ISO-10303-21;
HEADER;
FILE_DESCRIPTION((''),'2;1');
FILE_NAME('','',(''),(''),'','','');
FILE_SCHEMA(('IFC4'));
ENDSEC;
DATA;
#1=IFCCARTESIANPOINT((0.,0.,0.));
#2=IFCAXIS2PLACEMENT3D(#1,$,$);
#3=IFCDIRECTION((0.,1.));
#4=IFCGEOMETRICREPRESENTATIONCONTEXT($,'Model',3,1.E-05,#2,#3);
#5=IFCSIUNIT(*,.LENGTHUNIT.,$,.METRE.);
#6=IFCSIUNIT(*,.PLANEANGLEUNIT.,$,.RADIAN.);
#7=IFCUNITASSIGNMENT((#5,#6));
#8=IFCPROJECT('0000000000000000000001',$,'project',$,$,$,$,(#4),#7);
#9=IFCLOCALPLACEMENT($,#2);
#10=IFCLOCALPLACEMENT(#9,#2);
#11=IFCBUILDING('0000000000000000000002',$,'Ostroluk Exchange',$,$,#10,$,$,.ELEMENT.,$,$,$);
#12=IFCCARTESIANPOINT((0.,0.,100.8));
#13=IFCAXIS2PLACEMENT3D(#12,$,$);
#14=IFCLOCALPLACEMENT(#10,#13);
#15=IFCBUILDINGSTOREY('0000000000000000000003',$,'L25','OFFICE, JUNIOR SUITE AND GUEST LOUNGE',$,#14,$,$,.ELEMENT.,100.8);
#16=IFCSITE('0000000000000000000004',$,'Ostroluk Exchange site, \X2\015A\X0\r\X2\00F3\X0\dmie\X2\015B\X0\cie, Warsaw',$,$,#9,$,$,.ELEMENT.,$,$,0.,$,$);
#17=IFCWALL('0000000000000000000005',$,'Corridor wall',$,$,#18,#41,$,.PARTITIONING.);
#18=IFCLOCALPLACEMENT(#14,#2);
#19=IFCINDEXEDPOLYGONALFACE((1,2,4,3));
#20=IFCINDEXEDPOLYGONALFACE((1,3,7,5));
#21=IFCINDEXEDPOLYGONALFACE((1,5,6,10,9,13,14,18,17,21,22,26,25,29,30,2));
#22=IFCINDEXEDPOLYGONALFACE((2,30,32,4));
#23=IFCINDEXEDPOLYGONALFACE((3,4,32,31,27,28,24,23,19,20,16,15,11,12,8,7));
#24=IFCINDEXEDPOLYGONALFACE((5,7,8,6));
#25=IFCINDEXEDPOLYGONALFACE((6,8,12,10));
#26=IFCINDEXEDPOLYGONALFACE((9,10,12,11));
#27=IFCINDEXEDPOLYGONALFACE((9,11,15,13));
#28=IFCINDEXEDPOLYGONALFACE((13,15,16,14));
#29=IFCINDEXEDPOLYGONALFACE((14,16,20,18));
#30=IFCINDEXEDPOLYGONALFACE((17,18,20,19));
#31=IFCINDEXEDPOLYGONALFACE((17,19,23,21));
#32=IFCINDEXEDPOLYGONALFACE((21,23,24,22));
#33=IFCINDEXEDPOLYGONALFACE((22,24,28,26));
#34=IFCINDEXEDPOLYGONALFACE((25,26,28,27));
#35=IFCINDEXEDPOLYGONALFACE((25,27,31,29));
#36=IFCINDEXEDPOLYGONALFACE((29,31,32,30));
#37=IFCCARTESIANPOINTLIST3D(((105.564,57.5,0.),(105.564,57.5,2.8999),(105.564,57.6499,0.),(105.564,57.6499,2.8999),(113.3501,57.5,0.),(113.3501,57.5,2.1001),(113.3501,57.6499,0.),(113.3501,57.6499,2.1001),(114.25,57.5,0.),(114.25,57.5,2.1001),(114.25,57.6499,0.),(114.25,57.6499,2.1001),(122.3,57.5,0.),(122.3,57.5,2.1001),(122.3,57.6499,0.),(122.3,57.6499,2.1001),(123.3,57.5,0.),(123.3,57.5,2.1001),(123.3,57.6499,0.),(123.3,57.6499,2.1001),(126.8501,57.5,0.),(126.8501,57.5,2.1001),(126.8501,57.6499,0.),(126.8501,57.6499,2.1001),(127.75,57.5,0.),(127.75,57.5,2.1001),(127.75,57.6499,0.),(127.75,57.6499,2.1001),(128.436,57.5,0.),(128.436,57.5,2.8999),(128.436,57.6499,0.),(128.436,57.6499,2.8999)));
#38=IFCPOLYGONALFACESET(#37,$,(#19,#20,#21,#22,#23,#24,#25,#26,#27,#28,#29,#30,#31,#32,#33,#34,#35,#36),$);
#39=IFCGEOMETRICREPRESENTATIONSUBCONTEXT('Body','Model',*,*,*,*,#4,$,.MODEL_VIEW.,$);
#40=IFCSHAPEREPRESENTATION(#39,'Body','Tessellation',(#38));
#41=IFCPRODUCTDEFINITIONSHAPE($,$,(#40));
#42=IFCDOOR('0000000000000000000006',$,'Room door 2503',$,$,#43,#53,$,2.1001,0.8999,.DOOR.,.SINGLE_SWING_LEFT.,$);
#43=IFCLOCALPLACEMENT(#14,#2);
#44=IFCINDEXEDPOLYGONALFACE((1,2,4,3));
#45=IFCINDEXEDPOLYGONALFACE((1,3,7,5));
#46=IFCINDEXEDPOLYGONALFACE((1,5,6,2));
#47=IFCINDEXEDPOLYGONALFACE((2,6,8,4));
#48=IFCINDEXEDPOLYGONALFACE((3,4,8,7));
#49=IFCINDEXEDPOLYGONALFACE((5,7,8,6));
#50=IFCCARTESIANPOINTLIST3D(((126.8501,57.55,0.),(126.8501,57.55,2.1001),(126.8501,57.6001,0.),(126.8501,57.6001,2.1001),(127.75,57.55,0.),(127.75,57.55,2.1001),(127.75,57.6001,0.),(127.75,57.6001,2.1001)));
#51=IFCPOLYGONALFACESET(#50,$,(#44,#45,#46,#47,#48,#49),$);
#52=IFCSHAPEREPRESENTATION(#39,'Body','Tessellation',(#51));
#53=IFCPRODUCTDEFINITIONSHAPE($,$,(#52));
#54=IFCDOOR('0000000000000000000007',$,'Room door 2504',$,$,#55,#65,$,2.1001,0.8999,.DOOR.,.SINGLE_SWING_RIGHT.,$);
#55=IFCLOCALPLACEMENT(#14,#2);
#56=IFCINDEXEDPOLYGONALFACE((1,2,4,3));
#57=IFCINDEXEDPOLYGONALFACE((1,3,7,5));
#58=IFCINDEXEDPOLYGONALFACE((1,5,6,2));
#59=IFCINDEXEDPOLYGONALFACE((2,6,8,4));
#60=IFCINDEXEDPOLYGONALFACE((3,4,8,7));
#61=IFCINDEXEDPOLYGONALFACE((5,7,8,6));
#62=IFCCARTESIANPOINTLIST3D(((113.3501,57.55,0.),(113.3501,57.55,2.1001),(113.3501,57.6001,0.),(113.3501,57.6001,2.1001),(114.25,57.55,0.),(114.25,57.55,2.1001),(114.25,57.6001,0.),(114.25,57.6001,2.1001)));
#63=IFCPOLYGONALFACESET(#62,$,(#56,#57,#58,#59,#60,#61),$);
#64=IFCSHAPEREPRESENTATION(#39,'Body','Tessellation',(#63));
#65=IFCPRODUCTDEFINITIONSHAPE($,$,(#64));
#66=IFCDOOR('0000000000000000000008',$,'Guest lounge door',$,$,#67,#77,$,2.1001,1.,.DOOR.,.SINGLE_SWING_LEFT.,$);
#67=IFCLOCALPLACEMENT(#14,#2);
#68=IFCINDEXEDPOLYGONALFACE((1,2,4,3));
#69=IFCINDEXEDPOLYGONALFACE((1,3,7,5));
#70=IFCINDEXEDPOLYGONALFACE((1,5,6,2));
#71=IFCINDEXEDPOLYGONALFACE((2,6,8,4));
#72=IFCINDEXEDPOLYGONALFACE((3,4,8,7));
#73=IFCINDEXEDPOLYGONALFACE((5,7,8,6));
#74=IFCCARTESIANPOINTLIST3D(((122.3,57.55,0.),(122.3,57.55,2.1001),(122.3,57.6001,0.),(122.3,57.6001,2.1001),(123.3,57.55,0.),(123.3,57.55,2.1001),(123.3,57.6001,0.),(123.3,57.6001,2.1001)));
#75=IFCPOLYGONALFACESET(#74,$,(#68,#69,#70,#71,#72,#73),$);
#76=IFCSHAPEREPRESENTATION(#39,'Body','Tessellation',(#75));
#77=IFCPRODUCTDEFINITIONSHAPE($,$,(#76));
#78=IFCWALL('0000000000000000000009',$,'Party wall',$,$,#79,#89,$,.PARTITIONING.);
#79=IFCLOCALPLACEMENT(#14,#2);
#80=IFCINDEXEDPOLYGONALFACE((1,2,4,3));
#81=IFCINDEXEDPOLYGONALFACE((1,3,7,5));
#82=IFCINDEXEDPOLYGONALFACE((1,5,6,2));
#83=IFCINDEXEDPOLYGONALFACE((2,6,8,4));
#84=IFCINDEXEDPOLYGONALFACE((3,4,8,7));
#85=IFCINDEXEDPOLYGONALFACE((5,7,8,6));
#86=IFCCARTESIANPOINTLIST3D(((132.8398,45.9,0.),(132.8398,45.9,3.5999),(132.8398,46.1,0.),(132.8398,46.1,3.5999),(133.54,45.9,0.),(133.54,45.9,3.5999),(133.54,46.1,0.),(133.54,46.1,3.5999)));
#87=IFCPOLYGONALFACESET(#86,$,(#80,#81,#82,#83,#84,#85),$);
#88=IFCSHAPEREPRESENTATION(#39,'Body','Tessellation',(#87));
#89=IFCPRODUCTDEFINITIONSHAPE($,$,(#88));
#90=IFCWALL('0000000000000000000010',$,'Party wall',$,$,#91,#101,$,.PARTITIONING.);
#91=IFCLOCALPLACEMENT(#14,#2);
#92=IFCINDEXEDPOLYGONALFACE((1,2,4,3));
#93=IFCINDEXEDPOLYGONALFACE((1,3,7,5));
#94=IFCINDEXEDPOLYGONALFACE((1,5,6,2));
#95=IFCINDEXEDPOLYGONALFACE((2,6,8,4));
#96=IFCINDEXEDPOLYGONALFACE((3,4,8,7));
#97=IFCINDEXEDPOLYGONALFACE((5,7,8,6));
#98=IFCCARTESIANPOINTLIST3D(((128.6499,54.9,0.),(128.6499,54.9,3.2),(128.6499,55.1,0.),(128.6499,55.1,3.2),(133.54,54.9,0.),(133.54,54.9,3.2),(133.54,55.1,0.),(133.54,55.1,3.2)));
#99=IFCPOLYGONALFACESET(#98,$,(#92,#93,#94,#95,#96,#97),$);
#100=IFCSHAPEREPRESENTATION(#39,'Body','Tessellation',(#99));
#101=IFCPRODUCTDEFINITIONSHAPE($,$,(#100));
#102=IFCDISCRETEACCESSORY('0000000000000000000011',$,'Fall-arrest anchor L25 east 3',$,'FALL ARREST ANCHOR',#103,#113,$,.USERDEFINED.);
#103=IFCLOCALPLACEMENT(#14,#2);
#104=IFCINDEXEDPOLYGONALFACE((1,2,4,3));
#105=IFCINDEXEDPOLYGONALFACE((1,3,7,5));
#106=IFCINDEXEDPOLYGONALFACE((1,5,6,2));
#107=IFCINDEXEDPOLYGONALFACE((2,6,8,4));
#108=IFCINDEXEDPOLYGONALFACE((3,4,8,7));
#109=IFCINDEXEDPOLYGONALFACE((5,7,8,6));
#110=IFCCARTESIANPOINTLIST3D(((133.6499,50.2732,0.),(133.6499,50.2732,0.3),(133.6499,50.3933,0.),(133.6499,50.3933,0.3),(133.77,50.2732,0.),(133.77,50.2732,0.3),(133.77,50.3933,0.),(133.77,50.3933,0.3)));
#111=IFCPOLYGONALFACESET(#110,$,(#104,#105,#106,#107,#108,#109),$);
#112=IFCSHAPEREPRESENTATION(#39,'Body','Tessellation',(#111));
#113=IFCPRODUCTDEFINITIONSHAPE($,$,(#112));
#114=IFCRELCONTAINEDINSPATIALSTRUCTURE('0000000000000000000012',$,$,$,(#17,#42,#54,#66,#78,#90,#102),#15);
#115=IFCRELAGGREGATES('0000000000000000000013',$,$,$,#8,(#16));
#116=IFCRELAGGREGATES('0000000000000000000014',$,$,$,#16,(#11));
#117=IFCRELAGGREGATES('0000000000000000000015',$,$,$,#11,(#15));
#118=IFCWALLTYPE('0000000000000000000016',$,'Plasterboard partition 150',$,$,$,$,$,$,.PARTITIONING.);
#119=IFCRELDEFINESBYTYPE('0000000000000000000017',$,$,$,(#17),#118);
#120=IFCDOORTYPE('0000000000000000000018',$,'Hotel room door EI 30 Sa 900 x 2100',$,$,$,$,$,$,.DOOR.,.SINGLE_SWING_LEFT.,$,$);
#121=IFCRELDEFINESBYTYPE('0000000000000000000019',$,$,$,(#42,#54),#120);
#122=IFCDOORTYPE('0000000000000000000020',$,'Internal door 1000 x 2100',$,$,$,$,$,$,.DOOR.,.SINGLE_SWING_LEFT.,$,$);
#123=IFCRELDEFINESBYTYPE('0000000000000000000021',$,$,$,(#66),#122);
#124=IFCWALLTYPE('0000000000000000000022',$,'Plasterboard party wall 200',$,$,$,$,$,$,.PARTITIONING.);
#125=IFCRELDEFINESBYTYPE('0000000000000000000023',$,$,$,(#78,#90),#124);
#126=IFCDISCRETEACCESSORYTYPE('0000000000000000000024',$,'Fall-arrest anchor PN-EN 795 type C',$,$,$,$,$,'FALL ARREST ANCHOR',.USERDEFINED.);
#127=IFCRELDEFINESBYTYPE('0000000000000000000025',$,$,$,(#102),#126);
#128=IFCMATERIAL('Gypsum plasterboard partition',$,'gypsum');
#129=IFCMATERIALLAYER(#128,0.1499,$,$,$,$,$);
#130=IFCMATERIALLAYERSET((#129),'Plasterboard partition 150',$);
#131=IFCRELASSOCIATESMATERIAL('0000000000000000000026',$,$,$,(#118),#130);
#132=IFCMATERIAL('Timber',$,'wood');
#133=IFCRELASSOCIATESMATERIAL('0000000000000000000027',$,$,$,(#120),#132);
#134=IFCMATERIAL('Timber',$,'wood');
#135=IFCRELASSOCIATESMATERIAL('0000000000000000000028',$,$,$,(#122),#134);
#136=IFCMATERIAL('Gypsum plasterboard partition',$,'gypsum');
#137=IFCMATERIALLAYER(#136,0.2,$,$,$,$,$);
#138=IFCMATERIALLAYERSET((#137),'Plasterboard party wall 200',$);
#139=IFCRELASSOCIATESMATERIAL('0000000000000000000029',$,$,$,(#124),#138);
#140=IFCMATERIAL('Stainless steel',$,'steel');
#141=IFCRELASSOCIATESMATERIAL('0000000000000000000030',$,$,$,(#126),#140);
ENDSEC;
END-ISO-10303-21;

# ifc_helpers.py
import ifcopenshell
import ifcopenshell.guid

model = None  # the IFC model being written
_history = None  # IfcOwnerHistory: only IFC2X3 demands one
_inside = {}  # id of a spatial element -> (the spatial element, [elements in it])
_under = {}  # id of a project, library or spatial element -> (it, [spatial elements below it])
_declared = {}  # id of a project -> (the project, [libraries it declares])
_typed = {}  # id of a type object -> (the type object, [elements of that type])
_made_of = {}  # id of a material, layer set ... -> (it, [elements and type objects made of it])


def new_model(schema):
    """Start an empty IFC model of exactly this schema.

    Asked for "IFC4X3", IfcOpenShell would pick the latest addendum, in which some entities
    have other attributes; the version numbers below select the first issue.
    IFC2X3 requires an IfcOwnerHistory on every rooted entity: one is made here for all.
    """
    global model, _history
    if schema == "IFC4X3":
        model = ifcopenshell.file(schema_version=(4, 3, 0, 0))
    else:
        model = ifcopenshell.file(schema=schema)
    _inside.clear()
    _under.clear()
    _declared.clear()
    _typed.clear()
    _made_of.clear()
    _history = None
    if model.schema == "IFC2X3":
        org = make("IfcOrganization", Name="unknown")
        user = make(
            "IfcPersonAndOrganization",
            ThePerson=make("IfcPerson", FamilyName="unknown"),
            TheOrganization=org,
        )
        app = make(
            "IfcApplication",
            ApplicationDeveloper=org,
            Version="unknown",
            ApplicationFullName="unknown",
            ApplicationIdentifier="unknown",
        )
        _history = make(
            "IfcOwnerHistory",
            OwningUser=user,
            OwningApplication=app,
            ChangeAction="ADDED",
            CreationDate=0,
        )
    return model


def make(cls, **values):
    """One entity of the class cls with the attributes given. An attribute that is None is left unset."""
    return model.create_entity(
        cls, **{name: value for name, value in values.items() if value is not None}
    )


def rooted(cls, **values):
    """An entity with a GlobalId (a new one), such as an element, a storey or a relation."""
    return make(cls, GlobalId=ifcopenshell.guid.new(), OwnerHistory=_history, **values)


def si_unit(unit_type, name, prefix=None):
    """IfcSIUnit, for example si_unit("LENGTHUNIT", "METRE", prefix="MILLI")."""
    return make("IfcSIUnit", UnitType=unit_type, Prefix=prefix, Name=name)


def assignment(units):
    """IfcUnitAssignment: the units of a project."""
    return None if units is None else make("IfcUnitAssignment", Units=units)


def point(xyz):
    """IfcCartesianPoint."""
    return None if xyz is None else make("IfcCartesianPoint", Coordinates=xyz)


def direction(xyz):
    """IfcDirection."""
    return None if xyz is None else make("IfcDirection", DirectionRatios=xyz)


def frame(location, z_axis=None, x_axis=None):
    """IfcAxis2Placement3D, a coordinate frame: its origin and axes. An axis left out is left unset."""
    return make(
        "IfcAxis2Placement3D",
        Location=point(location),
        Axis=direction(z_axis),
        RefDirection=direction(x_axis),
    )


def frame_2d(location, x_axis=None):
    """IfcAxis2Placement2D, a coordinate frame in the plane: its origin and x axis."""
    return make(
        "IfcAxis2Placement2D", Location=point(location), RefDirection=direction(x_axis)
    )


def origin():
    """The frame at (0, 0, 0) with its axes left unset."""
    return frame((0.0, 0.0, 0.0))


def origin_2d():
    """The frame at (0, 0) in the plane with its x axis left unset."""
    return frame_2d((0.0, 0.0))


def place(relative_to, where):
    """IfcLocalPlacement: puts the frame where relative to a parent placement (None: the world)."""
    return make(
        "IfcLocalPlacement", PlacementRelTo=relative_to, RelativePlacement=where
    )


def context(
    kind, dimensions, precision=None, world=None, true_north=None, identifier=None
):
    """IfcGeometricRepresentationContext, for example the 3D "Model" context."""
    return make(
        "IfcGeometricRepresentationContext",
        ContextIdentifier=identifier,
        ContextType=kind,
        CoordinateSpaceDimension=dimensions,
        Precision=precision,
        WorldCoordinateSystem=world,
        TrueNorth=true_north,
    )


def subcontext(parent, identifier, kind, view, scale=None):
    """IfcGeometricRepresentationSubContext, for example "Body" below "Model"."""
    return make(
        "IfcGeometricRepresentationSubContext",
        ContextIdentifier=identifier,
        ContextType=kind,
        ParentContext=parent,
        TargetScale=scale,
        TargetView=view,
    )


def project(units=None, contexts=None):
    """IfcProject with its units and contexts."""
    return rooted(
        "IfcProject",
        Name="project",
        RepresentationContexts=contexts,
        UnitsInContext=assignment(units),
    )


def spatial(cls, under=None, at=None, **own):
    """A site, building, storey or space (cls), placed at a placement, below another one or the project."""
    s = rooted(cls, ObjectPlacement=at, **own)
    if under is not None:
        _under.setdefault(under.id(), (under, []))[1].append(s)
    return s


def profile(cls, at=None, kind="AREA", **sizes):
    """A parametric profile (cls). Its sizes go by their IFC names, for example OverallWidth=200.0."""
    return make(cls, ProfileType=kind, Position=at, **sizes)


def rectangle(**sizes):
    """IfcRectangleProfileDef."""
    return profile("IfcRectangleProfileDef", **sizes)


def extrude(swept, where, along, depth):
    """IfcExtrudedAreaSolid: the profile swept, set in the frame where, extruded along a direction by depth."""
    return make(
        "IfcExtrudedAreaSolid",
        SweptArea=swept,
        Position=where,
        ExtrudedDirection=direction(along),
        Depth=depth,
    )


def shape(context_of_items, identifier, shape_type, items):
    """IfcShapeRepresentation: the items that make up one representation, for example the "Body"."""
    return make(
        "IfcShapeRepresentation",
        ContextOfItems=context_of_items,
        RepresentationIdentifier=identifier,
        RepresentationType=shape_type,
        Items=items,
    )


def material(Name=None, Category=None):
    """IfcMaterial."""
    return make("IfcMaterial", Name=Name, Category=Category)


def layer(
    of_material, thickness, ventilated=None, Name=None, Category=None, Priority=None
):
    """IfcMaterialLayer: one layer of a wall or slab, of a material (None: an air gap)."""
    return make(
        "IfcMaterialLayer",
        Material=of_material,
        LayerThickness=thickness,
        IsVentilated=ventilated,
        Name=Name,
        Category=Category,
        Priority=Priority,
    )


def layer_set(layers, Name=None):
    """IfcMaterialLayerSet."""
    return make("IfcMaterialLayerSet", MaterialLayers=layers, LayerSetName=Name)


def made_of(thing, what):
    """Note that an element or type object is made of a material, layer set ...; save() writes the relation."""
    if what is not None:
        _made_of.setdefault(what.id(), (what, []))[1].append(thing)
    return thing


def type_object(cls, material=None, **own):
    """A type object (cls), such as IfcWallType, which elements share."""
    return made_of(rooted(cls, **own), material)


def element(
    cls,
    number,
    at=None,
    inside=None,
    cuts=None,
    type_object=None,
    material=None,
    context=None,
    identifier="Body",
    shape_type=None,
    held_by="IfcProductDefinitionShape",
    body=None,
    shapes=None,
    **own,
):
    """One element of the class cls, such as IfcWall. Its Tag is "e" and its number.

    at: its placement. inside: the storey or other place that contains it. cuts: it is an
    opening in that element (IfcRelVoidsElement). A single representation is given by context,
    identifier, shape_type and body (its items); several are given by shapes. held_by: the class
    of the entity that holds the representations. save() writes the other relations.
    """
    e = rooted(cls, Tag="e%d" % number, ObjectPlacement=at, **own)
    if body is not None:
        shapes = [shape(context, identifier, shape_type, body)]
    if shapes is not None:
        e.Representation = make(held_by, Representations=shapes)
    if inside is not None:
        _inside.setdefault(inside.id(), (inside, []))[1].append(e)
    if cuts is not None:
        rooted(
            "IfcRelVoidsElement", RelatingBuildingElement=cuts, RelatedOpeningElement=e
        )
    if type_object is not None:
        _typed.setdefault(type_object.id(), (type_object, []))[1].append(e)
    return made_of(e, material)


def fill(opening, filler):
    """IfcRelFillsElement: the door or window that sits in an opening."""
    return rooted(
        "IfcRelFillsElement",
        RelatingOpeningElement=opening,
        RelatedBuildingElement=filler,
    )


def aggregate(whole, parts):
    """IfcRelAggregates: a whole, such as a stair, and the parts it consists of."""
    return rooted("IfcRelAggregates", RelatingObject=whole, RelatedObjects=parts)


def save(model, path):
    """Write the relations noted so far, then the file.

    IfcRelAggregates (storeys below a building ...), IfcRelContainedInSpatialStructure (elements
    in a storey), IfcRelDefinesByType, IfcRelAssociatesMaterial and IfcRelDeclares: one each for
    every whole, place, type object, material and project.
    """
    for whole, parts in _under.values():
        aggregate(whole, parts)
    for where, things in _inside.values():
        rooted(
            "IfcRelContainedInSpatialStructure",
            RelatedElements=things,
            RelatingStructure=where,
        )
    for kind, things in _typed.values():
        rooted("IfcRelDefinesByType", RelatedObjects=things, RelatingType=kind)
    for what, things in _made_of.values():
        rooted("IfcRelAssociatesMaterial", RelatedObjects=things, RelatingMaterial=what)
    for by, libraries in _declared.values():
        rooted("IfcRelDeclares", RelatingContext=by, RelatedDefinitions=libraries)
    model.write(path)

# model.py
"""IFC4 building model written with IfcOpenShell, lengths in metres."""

from ifc_helpers import new_model, si_unit, direction, frame, frame_2d, origin, origin_2d, place, context, subcontext, project, spatial, rectangle, extrude, material, layer, layer_set, type_object, element, fill, save


model = new_model("IFC4")

# Units and contexts
model_context = context("Model", 3, precision=1e-05, world=origin(), true_north=direction((0.0, 1.0)))
body_context = subcontext(model_context, "Body", "Model", "MODEL_VIEW")
ifc_project = project(units=[si_unit("LENGTHUNIT", "METRE"), si_unit("PLANEANGLEUNIT", "RADIAN")], contexts=[model_context])

# Site, building, storey
site_placement = place(None, origin())
site = spatial("IfcSite", under=ifc_project, at=site_placement, Name="Ostroluk Exchange site, Śródmieście, Warsaw", CompositionType="ELEMENT", RefElevation=0.0)
building_placement = place(site_placement, origin())
building = spatial("IfcBuilding", under=site, at=building_placement, Name="Ostroluk Exchange", CompositionType="ELEMENT")
storey_placement = place(building_placement, frame((0.0, 0.0, 100.8)))
storey = spatial("IfcBuildingStorey", under=building, at=storey_placement, Name="L25", Description="OFFICE, JUNIOR SUITE AND GUEST LOUNGE", CompositionType="ELEMENT", Elevation=100.8)

# Wall, openings, doors
ifc_material_1 = material(Name="Gypsum plasterboard partition", Category="gypsum")
ifc_layer_1 = layer(ifc_material_1, 0.1499)
ifc_layer_set_1 = layer_set([ifc_layer_1], Name="Plasterboard partition 150")
wall_type_1 = type_object("IfcWallType", Name="Plasterboard partition 150", PredefinedType="PARTITIONING", material=ifc_layer_set_1)
wall_1_placement = place(storey_placement, frame((128.436, 57.575, 0.0), z_axis=(0.0, 0.0, 1.0), x_axis=(-1.0, 0.0, 0.0)))
wall_1 = element("IfcWall", 1, at=wall_1_placement, inside=storey, type_object=wall_type_1, Name="Corridor wall", PredefinedType="PARTITIONING", context=body_context, shape_type="SweptSolid", body=[
    extrude(rectangle(XDim=22.8721, YDim=0.1499, at=frame_2d((11.436, 0.0))), origin(), (0.0, 0.0, 1.0), 2.8999),
])
opening_1_placement = place(wall_1_placement, frame((0.686, 0.0, 0.0)))
opening_1 = element("IfcOpeningElement", 2, at=opening_1_placement, cuts=wall_1, PredefinedType="OPENING", context=body_context, shape_type="SweptSolid", body=[
    extrude(rectangle(XDim=0.8999, YDim=2.1001, at=frame_2d((0.45, 1.05))), frame((0.0, 0.085, 0.0), z_axis=(0.0, -1.0, 0.0), x_axis=(1.0, 0.0, 0.0)), (0.0, 0.0, 1.0), 0.1699),
])
opening_2_placement = place(wall_1_placement, frame((5.136, 0.0, 0.0)))
opening_2 = element("IfcOpeningElement", 3, at=opening_2_placement, cuts=wall_1, PredefinedType="OPENING", context=body_context, shape_type="SweptSolid", body=[
    extrude(rectangle(XDim=1.0, YDim=2.1001, at=frame_2d((0.5, 1.05))), frame((0.0, 0.085, 0.0), z_axis=(0.0, -1.0, 0.0), x_axis=(1.0, 0.0, 0.0)), (0.0, 0.0, 1.0), 0.1699),
])
opening_3_placement = place(wall_1_placement, frame((14.186, 0.0, 0.0)))
opening_3 = element("IfcOpeningElement", 4, at=opening_3_placement, cuts=wall_1, PredefinedType="OPENING", context=body_context, shape_type="SweptSolid", body=[
    extrude(rectangle(XDim=0.8999, YDim=2.1001, at=frame_2d((0.45, 1.05))), frame((0.0, 0.085, 0.0), z_axis=(0.0, -1.0, 0.0), x_axis=(1.0, 0.0, 0.0)), (0.0, 0.0, 1.0), 0.1699),
])
ifc_material_2 = material(Name="Timber", Category="wood")
door_type_1 = type_object("IfcDoorType", Name="Hotel room door EI 30 Sa 900 x 2100", OperationType="SINGLE_SWING_LEFT", PredefinedType="DOOR", material=ifc_material_2)
door_1_placement = place(opening_1_placement, origin())
door_1 = element("IfcDoor", 5, at=door_1_placement, inside=storey, type_object=door_type_1, Name="Room door 2503", OperationType="SINGLE_SWING_LEFT", OverallHeight=2.1001, OverallWidth=0.8999, PredefinedType="DOOR", context=body_context, shape_type="SweptSolid", body=[
    extrude(rectangle(XDim=0.8999, YDim=2.1001, at=frame_2d((0.45, 1.05))), frame((0.0, 0.0249, 0.0), z_axis=(0.0, -1.0, 0.0), x_axis=(1.0, 0.0, 0.0)), (0.0, 0.0, 1.0), 0.05),
])
fill(opening_1, door_1)
door_2_placement = place(opening_3_placement, origin())
door_2 = element("IfcDoor", 6, at=door_2_placement, inside=storey, type_object=door_type_1, Name="Room door 2504", OperationType="SINGLE_SWING_RIGHT", OverallHeight=2.1001, OverallWidth=0.8999, PredefinedType="DOOR", context=body_context, shape_type="SweptSolid", body=[
    extrude(rectangle(XDim=0.8999, YDim=2.1001, at=frame_2d((0.45, 1.05))), frame((0.0, 0.0249, 0.0), z_axis=(0.0, -1.0, 0.0), x_axis=(1.0, 0.0, 0.0)), (0.0, 0.0, 1.0), 0.05),
])
fill(opening_3, door_2)
ifc_material_3 = material(Name="Timber", Category="wood")
door_type_2 = type_object("IfcDoorType", Name="Internal door 1000 x 2100", OperationType="SINGLE_SWING_LEFT", PredefinedType="DOOR", material=ifc_material_3)
door_3_placement = place(opening_2_placement, origin())
door_3 = element("IfcDoor", 7, at=door_3_placement, inside=storey, type_object=door_type_2, Name="Guest lounge door", OperationType="SINGLE_SWING_LEFT", OverallHeight=2.1001, OverallWidth=1.0, PredefinedType="DOOR", context=body_context, shape_type="SweptSolid", body=[
    extrude(rectangle(XDim=1.0, YDim=2.1001, at=frame_2d((0.5, 1.05))), frame((0.0, 0.0249, 0.0), z_axis=(0.0, -1.0, 0.0), x_axis=(1.0, 0.0, 0.0)), (0.0, 0.0, 1.0), 0.05),
])
fill(opening_2, door_3)

# Walls
ifc_material_4 = material(Name="Gypsum plasterboard partition", Category="gypsum")
ifc_layer_2 = layer(ifc_material_4, 0.2)
ifc_layer_set_2 = layer_set([ifc_layer_2], Name="Plasterboard party wall 200")
wall_type_2 = type_object("IfcWallType", Name="Plasterboard party wall 200", PredefinedType="PARTITIONING", material=ifc_layer_set_2)
wall_2_placement = place(storey_placement, frame((132.8398, 46.0, 0.0), z_axis=(0.0, 0.0, 1.0), x_axis=(1.0, 0.0, 0.0)))
element("IfcWall", 8, at=wall_2_placement, inside=storey, type_object=wall_type_2, Name="Party wall", PredefinedType="PARTITIONING", context=body_context, shape_type="SweptSolid", body=[
    extrude(rectangle(XDim=0.7002, YDim=0.2, at=frame_2d((0.3501, 0.0))), origin(), (0.0, 0.0, 1.0), 3.5999),
])
wall_3_placement = place(storey_placement, frame((128.6499, 55.0, 0.0), z_axis=(0.0, 0.0, 1.0), x_axis=(1.0, 0.0, 0.0)))
element("IfcWall", 9, at=wall_3_placement, inside=storey, type_object=wall_type_2, Name="Party wall", PredefinedType="PARTITIONING", context=body_context, shape_type="SweptSolid", body=[
    extrude(rectangle(XDim=4.8901, YDim=0.2, at=frame_2d((2.4451, 0.0))), origin(), (0.0, 0.0, 1.0), 3.2),
])

# Discrete accessory
ifc_material_5 = material(Name="Stainless steel", Category="steel")
discrete_accessory_type = type_object("IfcDiscreteAccessoryType", Name="Fall-arrest anchor PN-EN 795 type C", ElementType="FALL ARREST ANCHOR", PredefinedType="USERDEFINED", material=ifc_material_5)
discrete_accessory_placement = place(storey_placement, frame((133.71, 50.3333, 0.0), z_axis=(0.0, 0.0, 1.0), x_axis=(1.0, 0.0, 0.0)))
element("IfcDiscreteAccessory", 10, at=discrete_accessory_placement, inside=storey, type_object=discrete_accessory_type, Name="Fall-arrest anchor L25 east 3", ObjectType="FALL ARREST ANCHOR", PredefinedType="USERDEFINED", context=body_context, shape_type="SweptSolid", body=[
    extrude(rectangle(XDim=0.1201, YDim=0.1201, at=origin_2d()), origin(), (0.0, 0.0, 1.0), 0.3),
])

save(model, "model.ifc")
